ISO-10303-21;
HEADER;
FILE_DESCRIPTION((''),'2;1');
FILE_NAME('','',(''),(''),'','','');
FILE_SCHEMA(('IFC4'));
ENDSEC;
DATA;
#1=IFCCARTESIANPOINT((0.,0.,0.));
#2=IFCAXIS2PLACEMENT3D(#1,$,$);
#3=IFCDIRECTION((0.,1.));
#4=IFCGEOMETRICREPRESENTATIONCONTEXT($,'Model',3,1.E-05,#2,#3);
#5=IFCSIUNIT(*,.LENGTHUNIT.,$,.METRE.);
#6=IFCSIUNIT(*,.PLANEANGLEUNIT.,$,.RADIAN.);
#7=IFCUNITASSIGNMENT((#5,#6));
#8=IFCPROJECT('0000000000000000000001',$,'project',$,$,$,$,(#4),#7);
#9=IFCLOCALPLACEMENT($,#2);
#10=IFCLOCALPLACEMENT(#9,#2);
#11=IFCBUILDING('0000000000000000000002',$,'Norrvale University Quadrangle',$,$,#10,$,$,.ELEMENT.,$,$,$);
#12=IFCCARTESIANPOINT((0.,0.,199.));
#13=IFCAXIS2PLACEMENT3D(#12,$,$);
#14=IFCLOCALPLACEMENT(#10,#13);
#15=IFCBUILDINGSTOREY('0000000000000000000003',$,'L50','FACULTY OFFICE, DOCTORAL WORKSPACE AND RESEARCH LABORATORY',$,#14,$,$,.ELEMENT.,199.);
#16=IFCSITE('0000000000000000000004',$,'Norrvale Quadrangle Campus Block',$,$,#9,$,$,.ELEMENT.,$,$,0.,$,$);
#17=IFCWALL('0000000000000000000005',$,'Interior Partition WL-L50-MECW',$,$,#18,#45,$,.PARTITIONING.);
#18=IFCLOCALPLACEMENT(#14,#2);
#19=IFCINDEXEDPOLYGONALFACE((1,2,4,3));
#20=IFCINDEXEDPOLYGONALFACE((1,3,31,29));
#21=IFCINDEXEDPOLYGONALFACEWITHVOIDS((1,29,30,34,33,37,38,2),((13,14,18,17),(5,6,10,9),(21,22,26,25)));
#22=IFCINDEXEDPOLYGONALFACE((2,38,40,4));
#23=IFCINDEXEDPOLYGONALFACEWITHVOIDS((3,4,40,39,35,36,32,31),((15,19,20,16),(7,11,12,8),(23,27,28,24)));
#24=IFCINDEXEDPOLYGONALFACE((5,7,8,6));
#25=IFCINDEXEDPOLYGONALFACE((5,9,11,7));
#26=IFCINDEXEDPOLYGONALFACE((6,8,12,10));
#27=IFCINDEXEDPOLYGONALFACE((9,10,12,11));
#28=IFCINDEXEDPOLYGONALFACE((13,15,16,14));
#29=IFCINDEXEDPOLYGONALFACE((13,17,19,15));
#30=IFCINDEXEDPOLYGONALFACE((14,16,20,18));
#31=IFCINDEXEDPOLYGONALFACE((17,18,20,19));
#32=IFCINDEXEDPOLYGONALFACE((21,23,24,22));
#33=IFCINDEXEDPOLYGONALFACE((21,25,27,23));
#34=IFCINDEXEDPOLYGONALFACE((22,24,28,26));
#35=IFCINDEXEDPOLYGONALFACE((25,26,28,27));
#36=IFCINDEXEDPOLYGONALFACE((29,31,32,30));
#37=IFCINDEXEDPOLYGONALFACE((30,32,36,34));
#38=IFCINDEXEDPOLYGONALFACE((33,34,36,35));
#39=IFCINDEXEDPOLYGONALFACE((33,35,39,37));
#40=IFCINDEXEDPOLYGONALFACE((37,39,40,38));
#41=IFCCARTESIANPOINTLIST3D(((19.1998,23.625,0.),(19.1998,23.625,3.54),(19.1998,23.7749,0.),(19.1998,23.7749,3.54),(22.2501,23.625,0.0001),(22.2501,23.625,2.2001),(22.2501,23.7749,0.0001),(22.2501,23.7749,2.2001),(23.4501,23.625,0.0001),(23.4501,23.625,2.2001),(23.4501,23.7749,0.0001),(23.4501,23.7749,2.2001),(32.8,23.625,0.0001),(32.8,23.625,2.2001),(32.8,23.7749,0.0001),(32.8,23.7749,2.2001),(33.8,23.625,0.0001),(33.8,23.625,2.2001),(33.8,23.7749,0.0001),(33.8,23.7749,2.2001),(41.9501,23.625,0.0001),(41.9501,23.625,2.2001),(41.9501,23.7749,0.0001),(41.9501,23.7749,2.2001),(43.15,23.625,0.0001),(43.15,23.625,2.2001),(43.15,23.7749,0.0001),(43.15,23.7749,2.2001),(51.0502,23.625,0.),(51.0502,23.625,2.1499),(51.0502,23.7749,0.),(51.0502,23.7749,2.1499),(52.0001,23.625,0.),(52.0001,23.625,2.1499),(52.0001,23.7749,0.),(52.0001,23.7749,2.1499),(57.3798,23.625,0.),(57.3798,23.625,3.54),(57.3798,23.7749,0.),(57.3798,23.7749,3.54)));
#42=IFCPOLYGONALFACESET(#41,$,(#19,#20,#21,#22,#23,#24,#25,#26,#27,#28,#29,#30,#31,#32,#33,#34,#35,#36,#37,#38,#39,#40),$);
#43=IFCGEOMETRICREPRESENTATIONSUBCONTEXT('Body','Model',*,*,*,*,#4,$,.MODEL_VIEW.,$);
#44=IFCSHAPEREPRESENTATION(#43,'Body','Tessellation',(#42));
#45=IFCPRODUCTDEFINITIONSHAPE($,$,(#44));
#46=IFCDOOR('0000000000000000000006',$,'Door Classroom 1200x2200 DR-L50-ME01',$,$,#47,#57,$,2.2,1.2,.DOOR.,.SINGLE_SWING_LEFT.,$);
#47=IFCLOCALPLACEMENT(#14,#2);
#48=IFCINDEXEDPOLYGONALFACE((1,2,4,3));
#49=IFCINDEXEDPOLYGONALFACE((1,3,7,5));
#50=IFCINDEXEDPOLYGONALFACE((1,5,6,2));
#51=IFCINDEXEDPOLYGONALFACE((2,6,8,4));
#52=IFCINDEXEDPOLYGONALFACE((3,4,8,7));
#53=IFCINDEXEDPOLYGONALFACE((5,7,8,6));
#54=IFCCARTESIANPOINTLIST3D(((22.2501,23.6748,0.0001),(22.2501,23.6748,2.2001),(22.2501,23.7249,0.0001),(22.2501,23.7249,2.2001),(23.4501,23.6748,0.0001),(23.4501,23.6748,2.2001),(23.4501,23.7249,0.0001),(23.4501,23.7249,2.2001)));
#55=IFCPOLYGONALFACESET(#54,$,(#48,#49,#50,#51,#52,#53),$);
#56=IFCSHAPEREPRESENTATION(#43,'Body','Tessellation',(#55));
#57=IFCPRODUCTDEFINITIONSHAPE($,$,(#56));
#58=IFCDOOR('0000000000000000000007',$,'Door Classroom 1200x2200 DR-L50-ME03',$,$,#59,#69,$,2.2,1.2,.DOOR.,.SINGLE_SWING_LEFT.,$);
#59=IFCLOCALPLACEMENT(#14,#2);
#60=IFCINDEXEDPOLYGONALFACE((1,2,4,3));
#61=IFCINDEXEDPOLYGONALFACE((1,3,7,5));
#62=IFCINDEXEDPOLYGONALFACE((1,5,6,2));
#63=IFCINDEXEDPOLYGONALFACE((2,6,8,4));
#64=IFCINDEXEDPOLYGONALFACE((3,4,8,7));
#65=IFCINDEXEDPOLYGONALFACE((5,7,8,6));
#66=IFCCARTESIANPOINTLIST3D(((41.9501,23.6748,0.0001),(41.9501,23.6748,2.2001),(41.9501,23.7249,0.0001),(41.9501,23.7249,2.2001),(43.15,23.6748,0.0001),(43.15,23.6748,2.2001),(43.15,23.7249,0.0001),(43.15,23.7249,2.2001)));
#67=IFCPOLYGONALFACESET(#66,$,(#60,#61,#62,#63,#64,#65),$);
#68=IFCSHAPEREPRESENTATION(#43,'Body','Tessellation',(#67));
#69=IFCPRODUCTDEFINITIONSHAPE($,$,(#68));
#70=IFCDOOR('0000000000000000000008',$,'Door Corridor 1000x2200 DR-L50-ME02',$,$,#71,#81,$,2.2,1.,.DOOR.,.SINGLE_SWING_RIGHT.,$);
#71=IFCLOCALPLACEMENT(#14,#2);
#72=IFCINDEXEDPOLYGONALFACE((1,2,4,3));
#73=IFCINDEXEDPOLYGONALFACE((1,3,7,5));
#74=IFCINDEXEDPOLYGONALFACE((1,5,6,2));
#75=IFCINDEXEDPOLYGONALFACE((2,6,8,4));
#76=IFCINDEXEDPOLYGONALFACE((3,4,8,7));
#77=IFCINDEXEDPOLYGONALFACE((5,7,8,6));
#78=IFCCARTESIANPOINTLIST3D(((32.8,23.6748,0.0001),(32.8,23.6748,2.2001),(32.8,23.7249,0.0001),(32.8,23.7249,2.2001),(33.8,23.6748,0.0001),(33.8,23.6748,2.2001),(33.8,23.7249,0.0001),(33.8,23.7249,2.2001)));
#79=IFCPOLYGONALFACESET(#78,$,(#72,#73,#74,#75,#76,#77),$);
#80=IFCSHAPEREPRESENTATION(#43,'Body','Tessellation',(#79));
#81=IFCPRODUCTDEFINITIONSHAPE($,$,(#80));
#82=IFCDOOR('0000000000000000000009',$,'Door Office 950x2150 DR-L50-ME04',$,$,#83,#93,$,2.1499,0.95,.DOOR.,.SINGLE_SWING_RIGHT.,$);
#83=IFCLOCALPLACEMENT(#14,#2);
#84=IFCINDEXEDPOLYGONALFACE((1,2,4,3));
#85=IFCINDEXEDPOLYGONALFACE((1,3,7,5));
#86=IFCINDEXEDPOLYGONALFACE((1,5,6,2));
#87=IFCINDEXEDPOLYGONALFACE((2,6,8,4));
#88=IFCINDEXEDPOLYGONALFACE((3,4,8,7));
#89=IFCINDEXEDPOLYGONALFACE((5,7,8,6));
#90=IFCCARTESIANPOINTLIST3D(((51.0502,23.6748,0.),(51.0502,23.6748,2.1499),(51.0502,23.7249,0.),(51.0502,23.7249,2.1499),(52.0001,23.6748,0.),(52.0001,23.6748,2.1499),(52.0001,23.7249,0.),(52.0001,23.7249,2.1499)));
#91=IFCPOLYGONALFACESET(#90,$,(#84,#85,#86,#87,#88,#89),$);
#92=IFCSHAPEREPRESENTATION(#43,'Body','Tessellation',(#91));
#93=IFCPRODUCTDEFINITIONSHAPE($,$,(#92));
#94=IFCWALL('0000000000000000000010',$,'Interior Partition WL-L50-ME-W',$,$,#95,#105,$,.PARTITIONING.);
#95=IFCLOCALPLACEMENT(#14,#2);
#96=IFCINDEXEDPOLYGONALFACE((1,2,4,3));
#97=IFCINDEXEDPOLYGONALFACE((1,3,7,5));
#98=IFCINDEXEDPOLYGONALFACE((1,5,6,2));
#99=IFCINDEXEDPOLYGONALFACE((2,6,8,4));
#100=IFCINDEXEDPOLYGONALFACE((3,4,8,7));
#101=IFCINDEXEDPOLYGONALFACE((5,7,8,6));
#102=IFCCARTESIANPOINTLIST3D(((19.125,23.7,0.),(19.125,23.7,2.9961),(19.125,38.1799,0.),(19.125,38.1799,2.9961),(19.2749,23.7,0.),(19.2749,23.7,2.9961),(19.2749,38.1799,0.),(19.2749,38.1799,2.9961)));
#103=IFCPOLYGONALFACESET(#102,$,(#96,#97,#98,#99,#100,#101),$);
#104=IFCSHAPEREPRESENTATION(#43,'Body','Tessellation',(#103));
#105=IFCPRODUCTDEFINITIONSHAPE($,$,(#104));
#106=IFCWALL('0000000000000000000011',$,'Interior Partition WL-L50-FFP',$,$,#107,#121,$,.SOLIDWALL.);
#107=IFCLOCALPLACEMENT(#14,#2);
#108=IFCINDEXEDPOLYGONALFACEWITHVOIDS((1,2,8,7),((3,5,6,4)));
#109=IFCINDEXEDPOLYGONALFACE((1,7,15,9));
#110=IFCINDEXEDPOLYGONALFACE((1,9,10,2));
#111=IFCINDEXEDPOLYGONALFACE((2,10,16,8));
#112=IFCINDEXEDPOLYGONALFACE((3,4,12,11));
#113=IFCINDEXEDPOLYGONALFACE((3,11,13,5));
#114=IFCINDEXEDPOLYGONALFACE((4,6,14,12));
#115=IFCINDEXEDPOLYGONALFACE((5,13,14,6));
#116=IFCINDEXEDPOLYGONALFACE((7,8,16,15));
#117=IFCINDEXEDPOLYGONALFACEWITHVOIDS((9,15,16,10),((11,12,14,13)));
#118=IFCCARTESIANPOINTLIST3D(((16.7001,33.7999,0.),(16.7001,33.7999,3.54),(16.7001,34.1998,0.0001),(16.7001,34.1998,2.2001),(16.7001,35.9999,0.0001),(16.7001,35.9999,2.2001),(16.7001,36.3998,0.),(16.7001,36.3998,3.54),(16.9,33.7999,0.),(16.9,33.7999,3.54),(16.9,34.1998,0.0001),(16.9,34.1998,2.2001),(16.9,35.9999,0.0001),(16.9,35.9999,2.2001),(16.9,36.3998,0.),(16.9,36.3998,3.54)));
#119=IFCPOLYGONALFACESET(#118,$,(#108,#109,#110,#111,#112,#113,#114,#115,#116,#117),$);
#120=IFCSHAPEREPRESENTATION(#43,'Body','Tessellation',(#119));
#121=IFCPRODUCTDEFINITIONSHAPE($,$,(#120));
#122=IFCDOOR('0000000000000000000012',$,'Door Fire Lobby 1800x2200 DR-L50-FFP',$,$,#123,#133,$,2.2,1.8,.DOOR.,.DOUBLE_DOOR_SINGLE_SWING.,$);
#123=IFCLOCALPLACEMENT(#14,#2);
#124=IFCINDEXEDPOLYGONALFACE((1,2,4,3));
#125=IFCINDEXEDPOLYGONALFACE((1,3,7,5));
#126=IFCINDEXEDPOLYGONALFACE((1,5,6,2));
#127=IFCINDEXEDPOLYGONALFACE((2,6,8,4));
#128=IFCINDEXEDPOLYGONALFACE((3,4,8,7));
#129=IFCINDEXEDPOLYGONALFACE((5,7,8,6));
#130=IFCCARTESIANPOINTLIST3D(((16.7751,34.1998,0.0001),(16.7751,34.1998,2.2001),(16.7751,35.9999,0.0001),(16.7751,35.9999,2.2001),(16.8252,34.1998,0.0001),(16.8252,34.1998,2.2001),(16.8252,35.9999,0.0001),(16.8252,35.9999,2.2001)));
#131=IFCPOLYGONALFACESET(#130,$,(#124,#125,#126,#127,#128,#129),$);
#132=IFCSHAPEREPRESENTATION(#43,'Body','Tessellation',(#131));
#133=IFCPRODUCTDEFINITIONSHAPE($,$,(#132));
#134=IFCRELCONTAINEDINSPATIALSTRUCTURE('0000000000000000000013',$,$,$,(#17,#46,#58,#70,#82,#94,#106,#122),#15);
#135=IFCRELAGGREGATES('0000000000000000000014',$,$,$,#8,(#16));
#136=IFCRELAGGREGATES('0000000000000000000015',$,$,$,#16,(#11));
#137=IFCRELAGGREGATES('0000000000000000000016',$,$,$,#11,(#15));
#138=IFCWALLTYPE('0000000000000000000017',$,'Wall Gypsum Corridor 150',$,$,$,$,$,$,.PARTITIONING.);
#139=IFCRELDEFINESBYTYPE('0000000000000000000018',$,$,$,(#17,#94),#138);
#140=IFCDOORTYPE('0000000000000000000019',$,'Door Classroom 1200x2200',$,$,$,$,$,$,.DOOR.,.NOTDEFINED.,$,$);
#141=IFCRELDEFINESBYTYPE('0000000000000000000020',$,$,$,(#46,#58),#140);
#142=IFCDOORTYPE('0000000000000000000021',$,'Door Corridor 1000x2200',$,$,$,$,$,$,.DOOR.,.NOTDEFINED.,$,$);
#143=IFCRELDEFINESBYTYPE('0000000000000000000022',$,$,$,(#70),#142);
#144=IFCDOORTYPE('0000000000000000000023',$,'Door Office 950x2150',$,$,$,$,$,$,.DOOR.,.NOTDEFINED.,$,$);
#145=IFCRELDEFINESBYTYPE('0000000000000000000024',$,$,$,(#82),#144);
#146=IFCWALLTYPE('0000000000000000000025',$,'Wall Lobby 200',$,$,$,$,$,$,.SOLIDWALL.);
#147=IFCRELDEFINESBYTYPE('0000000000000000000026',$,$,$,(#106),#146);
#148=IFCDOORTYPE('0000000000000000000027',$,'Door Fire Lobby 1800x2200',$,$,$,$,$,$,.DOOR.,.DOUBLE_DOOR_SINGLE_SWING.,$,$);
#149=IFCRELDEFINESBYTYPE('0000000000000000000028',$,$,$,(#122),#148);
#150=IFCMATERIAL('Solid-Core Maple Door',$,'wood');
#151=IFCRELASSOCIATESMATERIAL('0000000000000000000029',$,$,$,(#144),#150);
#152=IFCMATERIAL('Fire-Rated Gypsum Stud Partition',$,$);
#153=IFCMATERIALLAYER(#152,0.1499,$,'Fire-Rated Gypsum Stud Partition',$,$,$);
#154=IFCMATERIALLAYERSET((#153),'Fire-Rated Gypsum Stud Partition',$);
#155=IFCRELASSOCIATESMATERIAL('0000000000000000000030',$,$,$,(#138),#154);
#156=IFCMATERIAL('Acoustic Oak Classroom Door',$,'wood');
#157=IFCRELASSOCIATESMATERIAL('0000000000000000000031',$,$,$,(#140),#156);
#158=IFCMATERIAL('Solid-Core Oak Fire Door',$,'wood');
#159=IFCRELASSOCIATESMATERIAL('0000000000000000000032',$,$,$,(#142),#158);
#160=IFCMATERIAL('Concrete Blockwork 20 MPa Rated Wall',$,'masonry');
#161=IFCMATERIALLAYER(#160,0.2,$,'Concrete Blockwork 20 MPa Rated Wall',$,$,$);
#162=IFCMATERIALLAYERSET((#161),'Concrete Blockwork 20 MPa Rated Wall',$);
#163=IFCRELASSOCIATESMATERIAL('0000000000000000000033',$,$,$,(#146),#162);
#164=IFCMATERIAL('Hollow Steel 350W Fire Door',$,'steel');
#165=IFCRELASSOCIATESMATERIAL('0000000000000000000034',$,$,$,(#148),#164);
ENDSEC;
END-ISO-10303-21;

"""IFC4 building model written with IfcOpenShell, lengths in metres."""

from ifc_helpers import new_model, si_unit, direction, frame, frame_2d, origin, place, context, subcontext, project, spatial, rectangle, extrude, material, layer, layer_set, type_object, element, fill, save


model = new_model("IFC4")

# Units and contexts
model_context = context("Model", 3, precision=1e-05, world=origin(), true_north=direction((0.0, 1.0)))
body_context = subcontext(model_context, "Body", "Model", "MODEL_VIEW")
ifc_project = project(units=[si_unit("LENGTHUNIT", "METRE"), si_unit("PLANEANGLEUNIT", "RADIAN")], contexts=[model_context])

# Site, building, storey
site_placement = place(None, origin())
site = spatial("IfcSite", under=ifc_project, at=site_placement, Name="Norrvale Quadrangle Campus Block", CompositionType="ELEMENT", RefElevation=0.0)
building_placement = place(site_placement, origin())
building = spatial("IfcBuilding", under=site, at=building_placement, Name="Norrvale University Quadrangle", CompositionType="ELEMENT")
storey_placement = place(building_placement, frame((0.0, 0.0, 199.0)))
storey = spatial("IfcBuildingStorey", under=building, at=storey_placement, Name="L50", Description="FACULTY OFFICE, DOCTORAL WORKSPACE AND RESEARCH LABORATORY", CompositionType="ELEMENT", Elevation=199.0)

# Shared definitions
ifc_material_1 = material(Name="Solid-Core Maple Door", Category="wood")
door_type_1 = type_object("IfcDoorType", Name="Door Office 950x2150", OperationType="NOTDEFINED", PredefinedType="DOOR", material=ifc_material_1)

# Shared definitions
ifc_material_2 = material(Name="Fire-Rated Gypsum Stud Partition")
ifc_layer_1 = layer(ifc_material_2, 0.1499, Name="Fire-Rated Gypsum Stud Partition")
ifc_layer_set_1 = layer_set([ifc_layer_1], Name="Fire-Rated Gypsum Stud Partition")
wall_type_1 = type_object("IfcWallType", Name="Wall Gypsum Corridor 150", PredefinedType="PARTITIONING", material=ifc_layer_set_1)

# Wall, openings, doors
wall_1_placement = place(storey_placement, frame((19.2, 23.7, 0.0), z_axis=(0.0, 0.0, 1.0), x_axis=(1.0, 0.0, 0.0)))
wall_1 = element("IfcWall", 1, at=wall_1_placement, inside=storey, type_object=wall_type_1, Name="Interior Partition WL-L50-MECW", PredefinedType="PARTITIONING", context=body_context, shape_type="SweptSolid", body=[
    extrude(rectangle(XDim=38.1799, YDim=0.1499, at=frame_2d((19.0898, 0.0))), origin(), (0.0, 0.0, 1.0), 3.54),
])
opening_1_placement = place(wall_1_placement, frame((3.05, 0.0, 0.0)))
opening_1 = element("IfcOpeningElement", 2, at=opening_1_placement, cuts=wall_1, PredefinedType="OPENING", context=body_context, shape_type="SweptSolid", body=[
    extrude(rectangle(XDim=1.2, YDim=2.2, at=frame_2d((0.6001, 1.1001))), frame((0.0, 0.0869, 0.0), z_axis=(0.0, -1.0, 0.0), x_axis=(1.0, 0.0, 0.0)), (0.0, 0.0, 1.0), 0.1738),
])
opening_2_placement = place(wall_1_placement, frame((13.6001, 0.0, 0.0)))
opening_2 = element("IfcOpeningElement", 3, at=opening_2_placement, cuts=wall_1, PredefinedType="OPENING", context=body_context, shape_type="SweptSolid", body=[
    extrude(rectangle(XDim=1.0, YDim=2.2, at=frame_2d((0.5, 1.1001))), frame((0.0, 0.0869, 0.0), z_axis=(0.0, -1.0, 0.0), x_axis=(1.0, 0.0, 0.0)), (0.0, 0.0, 1.0), 0.1738),
])
opening_3_placement = place(wall_1_placement, frame((22.75, 0.0, 0.0)))
opening_3 = element("IfcOpeningElement", 4, at=opening_3_placement, cuts=wall_1, PredefinedType="OPENING", context=body_context, shape_type="SweptSolid", body=[
    extrude(rectangle(XDim=1.2, YDim=2.2, at=frame_2d((0.6001, 1.1001))), frame((0.0, 0.0869, 0.0), z_axis=(0.0, -1.0, 0.0), x_axis=(1.0, 0.0, 0.0)), (0.0, 0.0, 1.0), 0.1738),
])
opening_4_placement = place(wall_1_placement, frame((31.8501, 0.0, 0.0)))
opening_4 = element("IfcOpeningElement", 5, at=opening_4_placement, cuts=wall_1, PredefinedType="OPENING", context=body_context, shape_type="SweptSolid", body=[
    extrude(rectangle(XDim=0.95, YDim=2.1499, at=frame_2d((0.4751, 1.075))), frame((0.0, 0.0869, 0.0), z_axis=(0.0, -1.0, 0.0), x_axis=(1.0, 0.0, 0.0)), (0.0, 0.0, 1.0), 0.1738),
])
ifc_material_3 = material(Name="Acoustic Oak Classroom Door", Category="wood")
door_type_2 = type_object("IfcDoorType", Name="Door Classroom 1200x2200", OperationType="NOTDEFINED", PredefinedType="DOOR", material=ifc_material_3)
door_1_placement = place(opening_1_placement, origin())
door_1 = element("IfcDoor", 6, at=door_1_placement, inside=storey, type_object=door_type_2, Name="Door Classroom 1200x2200 DR-L50-ME01", OperationType="SINGLE_SWING_LEFT", OverallHeight=2.2, OverallWidth=1.2, PredefinedType="DOOR", context=body_context, shape_type="SweptSolid", body=[
    extrude(rectangle(XDim=1.2, YDim=2.2, at=frame_2d((0.6001, 1.1001))), frame((0.0, 0.0249, 0.0), z_axis=(0.0, -1.0, 0.0), x_axis=(1.0, 0.0, 0.0)), (0.0, 0.0, 1.0), 0.05),
])
fill(opening_1, door_1)
door_2_placement = place(opening_3_placement, origin())
door_2 = element("IfcDoor", 7, at=door_2_placement, inside=storey, type_object=door_type_2, Name="Door Classroom 1200x2200 DR-L50-ME03", OperationType="SINGLE_SWING_LEFT", OverallHeight=2.2, OverallWidth=1.2, PredefinedType="DOOR", context=body_context, shape_type="SweptSolid", body=[
    extrude(rectangle(XDim=1.2, YDim=2.2, at=frame_2d((0.6001, 1.1001))), frame((0.0, 0.0249, 0.0), z_axis=(0.0, -1.0, 0.0), x_axis=(1.0, 0.0, 0.0)), (0.0, 0.0, 1.0), 0.05),
])
fill(opening_3, door_2)
ifc_material_4 = material(Name="Solid-Core Oak Fire Door", Category="wood")
door_type_3 = type_object("IfcDoorType", Name="Door Corridor 1000x2200", OperationType="NOTDEFINED", PredefinedType="DOOR", material=ifc_material_4)
door_3_placement = place(opening_2_placement, origin())
door_3 = element("IfcDoor", 8, at=door_3_placement, inside=storey, type_object=door_type_3, Name="Door Corridor 1000x2200 DR-L50-ME02", OperationType="SINGLE_SWING_RIGHT", OverallHeight=2.2, OverallWidth=1.0, PredefinedType="DOOR", context=body_context, shape_type="SweptSolid", body=[
    extrude(rectangle(XDim=1.0, YDim=2.2, at=frame_2d((0.5, 1.1001))), frame((0.0, 0.0249, 0.0), z_axis=(0.0, -1.0, 0.0), x_axis=(1.0, 0.0, 0.0)), (0.0, 0.0, 1.0), 0.05),
])
fill(opening_2, door_3)
door_4_placement = place(opening_4_placement, origin())
door_4 = element("IfcDoor", 9, at=door_4_placement, inside=storey, type_object=door_type_1, Name="Door Office 950x2150 DR-L50-ME04", OperationType="SINGLE_SWING_RIGHT", OverallHeight=2.1499, OverallWidth=0.95, PredefinedType="DOOR", context=body_context, shape_type="SweptSolid", body=[
    extrude(rectangle(XDim=0.95, YDim=2.1499, at=frame_2d((0.4751, 1.075))), frame((0.0, 0.0249, 0.0), z_axis=(0.0, -1.0, 0.0), x_axis=(1.0, 0.0, 0.0)), (0.0, 0.0, 1.0), 0.05),
])
fill(opening_4, door_4)

# Wall
wall_2_placement = place(storey_placement, frame((19.2, 23.7, 0.0), z_axis=(0.0, 0.0, 1.0), x_axis=(0.0, 1.0, 0.0)))
element("IfcWall", 10, at=wall_2_placement, inside=storey, type_object=wall_type_1, Name="Interior Partition WL-L50-ME-W", PredefinedType="PARTITIONING", context=body_context, shape_type="SweptSolid", body=[
    extrude(rectangle(XDim=14.48, YDim=0.1499, at=frame_2d((7.24, 0.0))), origin(), (0.0, 0.0, 1.0), 2.9961),
])

# Wall, opening, door
ifc_material_5 = material(Name="Concrete Blockwork 20 MPa Rated Wall", Category="masonry")
ifc_layer_2 = layer(ifc_material_5, 0.2, Name="Concrete Blockwork 20 MPa Rated Wall")
ifc_layer_set_2 = layer_set([ifc_layer_2], Name="Concrete Blockwork 20 MPa Rated Wall")
wall_type_2 = type_object("IfcWallType", Name="Wall Lobby 200", PredefinedType="SOLIDWALL", material=ifc_layer_set_2)
wall_3_placement = place(storey_placement, frame((16.8, 33.8, 0.0), z_axis=(0.0, 0.0, 1.0), x_axis=(0.0, 1.0, 0.0)))
wall_3 = element("IfcWall", 11, at=wall_3_placement, inside=storey, type_object=wall_type_2, Name="Interior Partition WL-L50-FFP", PredefinedType="SOLIDWALL", context=body_context, shape_type="SweptSolid", body=[
    extrude(rectangle(XDim=2.5999, YDim=0.2, at=frame_2d((1.2998, 0.0))), origin(), (0.0, 0.0, 1.0), 3.54),
])
opening_5_placement = place(wall_3_placement, frame((0.3999, 0.0, 0.0)))
opening_5 = element("IfcOpeningElement", 12, at=opening_5_placement, cuts=wall_3, PredefinedType="OPENING", context=body_context, shape_type="SweptSolid", body=[
    extrude(rectangle(XDim=1.8, YDim=2.2, at=frame_2d((0.8999, 1.1001))), frame((0.0, 0.1121, 0.0), z_axis=(0.0, -1.0, 0.0), x_axis=(1.0, 0.0, 0.0)), (0.0, 0.0, 1.0), 0.2239),
])
ifc_material_6 = material(Name="Hollow Steel 350W Fire Door", Category="steel")
door_type_4 = type_object("IfcDoorType", Name="Door Fire Lobby 1800x2200", OperationType="DOUBLE_DOOR_SINGLE_SWING", PredefinedType="DOOR", material=ifc_material_6)
door_5_placement = place(opening_5_placement, origin())
door_5 = element("IfcDoor", 13, at=door_5_placement, inside=storey, type_object=door_type_4, Name="Door Fire Lobby 1800x2200 DR-L50-FFP", OperationType="DOUBLE_DOOR_SINGLE_SWING", OverallHeight=2.2, OverallWidth=1.8, PredefinedType="DOOR", context=body_context, shape_type="SweptSolid", body=[
    extrude(rectangle(XDim=1.8, YDim=2.2, at=frame_2d((0.8999, 1.1001))), frame((0.0, 0.0249, 0.0), z_axis=(0.0, -1.0, 0.0), x_axis=(1.0, 0.0, 0.0)), (0.0, 0.0, 1.0), 0.05),
])
fill(opening_5, door_5)

save(model, "model.ifc")
